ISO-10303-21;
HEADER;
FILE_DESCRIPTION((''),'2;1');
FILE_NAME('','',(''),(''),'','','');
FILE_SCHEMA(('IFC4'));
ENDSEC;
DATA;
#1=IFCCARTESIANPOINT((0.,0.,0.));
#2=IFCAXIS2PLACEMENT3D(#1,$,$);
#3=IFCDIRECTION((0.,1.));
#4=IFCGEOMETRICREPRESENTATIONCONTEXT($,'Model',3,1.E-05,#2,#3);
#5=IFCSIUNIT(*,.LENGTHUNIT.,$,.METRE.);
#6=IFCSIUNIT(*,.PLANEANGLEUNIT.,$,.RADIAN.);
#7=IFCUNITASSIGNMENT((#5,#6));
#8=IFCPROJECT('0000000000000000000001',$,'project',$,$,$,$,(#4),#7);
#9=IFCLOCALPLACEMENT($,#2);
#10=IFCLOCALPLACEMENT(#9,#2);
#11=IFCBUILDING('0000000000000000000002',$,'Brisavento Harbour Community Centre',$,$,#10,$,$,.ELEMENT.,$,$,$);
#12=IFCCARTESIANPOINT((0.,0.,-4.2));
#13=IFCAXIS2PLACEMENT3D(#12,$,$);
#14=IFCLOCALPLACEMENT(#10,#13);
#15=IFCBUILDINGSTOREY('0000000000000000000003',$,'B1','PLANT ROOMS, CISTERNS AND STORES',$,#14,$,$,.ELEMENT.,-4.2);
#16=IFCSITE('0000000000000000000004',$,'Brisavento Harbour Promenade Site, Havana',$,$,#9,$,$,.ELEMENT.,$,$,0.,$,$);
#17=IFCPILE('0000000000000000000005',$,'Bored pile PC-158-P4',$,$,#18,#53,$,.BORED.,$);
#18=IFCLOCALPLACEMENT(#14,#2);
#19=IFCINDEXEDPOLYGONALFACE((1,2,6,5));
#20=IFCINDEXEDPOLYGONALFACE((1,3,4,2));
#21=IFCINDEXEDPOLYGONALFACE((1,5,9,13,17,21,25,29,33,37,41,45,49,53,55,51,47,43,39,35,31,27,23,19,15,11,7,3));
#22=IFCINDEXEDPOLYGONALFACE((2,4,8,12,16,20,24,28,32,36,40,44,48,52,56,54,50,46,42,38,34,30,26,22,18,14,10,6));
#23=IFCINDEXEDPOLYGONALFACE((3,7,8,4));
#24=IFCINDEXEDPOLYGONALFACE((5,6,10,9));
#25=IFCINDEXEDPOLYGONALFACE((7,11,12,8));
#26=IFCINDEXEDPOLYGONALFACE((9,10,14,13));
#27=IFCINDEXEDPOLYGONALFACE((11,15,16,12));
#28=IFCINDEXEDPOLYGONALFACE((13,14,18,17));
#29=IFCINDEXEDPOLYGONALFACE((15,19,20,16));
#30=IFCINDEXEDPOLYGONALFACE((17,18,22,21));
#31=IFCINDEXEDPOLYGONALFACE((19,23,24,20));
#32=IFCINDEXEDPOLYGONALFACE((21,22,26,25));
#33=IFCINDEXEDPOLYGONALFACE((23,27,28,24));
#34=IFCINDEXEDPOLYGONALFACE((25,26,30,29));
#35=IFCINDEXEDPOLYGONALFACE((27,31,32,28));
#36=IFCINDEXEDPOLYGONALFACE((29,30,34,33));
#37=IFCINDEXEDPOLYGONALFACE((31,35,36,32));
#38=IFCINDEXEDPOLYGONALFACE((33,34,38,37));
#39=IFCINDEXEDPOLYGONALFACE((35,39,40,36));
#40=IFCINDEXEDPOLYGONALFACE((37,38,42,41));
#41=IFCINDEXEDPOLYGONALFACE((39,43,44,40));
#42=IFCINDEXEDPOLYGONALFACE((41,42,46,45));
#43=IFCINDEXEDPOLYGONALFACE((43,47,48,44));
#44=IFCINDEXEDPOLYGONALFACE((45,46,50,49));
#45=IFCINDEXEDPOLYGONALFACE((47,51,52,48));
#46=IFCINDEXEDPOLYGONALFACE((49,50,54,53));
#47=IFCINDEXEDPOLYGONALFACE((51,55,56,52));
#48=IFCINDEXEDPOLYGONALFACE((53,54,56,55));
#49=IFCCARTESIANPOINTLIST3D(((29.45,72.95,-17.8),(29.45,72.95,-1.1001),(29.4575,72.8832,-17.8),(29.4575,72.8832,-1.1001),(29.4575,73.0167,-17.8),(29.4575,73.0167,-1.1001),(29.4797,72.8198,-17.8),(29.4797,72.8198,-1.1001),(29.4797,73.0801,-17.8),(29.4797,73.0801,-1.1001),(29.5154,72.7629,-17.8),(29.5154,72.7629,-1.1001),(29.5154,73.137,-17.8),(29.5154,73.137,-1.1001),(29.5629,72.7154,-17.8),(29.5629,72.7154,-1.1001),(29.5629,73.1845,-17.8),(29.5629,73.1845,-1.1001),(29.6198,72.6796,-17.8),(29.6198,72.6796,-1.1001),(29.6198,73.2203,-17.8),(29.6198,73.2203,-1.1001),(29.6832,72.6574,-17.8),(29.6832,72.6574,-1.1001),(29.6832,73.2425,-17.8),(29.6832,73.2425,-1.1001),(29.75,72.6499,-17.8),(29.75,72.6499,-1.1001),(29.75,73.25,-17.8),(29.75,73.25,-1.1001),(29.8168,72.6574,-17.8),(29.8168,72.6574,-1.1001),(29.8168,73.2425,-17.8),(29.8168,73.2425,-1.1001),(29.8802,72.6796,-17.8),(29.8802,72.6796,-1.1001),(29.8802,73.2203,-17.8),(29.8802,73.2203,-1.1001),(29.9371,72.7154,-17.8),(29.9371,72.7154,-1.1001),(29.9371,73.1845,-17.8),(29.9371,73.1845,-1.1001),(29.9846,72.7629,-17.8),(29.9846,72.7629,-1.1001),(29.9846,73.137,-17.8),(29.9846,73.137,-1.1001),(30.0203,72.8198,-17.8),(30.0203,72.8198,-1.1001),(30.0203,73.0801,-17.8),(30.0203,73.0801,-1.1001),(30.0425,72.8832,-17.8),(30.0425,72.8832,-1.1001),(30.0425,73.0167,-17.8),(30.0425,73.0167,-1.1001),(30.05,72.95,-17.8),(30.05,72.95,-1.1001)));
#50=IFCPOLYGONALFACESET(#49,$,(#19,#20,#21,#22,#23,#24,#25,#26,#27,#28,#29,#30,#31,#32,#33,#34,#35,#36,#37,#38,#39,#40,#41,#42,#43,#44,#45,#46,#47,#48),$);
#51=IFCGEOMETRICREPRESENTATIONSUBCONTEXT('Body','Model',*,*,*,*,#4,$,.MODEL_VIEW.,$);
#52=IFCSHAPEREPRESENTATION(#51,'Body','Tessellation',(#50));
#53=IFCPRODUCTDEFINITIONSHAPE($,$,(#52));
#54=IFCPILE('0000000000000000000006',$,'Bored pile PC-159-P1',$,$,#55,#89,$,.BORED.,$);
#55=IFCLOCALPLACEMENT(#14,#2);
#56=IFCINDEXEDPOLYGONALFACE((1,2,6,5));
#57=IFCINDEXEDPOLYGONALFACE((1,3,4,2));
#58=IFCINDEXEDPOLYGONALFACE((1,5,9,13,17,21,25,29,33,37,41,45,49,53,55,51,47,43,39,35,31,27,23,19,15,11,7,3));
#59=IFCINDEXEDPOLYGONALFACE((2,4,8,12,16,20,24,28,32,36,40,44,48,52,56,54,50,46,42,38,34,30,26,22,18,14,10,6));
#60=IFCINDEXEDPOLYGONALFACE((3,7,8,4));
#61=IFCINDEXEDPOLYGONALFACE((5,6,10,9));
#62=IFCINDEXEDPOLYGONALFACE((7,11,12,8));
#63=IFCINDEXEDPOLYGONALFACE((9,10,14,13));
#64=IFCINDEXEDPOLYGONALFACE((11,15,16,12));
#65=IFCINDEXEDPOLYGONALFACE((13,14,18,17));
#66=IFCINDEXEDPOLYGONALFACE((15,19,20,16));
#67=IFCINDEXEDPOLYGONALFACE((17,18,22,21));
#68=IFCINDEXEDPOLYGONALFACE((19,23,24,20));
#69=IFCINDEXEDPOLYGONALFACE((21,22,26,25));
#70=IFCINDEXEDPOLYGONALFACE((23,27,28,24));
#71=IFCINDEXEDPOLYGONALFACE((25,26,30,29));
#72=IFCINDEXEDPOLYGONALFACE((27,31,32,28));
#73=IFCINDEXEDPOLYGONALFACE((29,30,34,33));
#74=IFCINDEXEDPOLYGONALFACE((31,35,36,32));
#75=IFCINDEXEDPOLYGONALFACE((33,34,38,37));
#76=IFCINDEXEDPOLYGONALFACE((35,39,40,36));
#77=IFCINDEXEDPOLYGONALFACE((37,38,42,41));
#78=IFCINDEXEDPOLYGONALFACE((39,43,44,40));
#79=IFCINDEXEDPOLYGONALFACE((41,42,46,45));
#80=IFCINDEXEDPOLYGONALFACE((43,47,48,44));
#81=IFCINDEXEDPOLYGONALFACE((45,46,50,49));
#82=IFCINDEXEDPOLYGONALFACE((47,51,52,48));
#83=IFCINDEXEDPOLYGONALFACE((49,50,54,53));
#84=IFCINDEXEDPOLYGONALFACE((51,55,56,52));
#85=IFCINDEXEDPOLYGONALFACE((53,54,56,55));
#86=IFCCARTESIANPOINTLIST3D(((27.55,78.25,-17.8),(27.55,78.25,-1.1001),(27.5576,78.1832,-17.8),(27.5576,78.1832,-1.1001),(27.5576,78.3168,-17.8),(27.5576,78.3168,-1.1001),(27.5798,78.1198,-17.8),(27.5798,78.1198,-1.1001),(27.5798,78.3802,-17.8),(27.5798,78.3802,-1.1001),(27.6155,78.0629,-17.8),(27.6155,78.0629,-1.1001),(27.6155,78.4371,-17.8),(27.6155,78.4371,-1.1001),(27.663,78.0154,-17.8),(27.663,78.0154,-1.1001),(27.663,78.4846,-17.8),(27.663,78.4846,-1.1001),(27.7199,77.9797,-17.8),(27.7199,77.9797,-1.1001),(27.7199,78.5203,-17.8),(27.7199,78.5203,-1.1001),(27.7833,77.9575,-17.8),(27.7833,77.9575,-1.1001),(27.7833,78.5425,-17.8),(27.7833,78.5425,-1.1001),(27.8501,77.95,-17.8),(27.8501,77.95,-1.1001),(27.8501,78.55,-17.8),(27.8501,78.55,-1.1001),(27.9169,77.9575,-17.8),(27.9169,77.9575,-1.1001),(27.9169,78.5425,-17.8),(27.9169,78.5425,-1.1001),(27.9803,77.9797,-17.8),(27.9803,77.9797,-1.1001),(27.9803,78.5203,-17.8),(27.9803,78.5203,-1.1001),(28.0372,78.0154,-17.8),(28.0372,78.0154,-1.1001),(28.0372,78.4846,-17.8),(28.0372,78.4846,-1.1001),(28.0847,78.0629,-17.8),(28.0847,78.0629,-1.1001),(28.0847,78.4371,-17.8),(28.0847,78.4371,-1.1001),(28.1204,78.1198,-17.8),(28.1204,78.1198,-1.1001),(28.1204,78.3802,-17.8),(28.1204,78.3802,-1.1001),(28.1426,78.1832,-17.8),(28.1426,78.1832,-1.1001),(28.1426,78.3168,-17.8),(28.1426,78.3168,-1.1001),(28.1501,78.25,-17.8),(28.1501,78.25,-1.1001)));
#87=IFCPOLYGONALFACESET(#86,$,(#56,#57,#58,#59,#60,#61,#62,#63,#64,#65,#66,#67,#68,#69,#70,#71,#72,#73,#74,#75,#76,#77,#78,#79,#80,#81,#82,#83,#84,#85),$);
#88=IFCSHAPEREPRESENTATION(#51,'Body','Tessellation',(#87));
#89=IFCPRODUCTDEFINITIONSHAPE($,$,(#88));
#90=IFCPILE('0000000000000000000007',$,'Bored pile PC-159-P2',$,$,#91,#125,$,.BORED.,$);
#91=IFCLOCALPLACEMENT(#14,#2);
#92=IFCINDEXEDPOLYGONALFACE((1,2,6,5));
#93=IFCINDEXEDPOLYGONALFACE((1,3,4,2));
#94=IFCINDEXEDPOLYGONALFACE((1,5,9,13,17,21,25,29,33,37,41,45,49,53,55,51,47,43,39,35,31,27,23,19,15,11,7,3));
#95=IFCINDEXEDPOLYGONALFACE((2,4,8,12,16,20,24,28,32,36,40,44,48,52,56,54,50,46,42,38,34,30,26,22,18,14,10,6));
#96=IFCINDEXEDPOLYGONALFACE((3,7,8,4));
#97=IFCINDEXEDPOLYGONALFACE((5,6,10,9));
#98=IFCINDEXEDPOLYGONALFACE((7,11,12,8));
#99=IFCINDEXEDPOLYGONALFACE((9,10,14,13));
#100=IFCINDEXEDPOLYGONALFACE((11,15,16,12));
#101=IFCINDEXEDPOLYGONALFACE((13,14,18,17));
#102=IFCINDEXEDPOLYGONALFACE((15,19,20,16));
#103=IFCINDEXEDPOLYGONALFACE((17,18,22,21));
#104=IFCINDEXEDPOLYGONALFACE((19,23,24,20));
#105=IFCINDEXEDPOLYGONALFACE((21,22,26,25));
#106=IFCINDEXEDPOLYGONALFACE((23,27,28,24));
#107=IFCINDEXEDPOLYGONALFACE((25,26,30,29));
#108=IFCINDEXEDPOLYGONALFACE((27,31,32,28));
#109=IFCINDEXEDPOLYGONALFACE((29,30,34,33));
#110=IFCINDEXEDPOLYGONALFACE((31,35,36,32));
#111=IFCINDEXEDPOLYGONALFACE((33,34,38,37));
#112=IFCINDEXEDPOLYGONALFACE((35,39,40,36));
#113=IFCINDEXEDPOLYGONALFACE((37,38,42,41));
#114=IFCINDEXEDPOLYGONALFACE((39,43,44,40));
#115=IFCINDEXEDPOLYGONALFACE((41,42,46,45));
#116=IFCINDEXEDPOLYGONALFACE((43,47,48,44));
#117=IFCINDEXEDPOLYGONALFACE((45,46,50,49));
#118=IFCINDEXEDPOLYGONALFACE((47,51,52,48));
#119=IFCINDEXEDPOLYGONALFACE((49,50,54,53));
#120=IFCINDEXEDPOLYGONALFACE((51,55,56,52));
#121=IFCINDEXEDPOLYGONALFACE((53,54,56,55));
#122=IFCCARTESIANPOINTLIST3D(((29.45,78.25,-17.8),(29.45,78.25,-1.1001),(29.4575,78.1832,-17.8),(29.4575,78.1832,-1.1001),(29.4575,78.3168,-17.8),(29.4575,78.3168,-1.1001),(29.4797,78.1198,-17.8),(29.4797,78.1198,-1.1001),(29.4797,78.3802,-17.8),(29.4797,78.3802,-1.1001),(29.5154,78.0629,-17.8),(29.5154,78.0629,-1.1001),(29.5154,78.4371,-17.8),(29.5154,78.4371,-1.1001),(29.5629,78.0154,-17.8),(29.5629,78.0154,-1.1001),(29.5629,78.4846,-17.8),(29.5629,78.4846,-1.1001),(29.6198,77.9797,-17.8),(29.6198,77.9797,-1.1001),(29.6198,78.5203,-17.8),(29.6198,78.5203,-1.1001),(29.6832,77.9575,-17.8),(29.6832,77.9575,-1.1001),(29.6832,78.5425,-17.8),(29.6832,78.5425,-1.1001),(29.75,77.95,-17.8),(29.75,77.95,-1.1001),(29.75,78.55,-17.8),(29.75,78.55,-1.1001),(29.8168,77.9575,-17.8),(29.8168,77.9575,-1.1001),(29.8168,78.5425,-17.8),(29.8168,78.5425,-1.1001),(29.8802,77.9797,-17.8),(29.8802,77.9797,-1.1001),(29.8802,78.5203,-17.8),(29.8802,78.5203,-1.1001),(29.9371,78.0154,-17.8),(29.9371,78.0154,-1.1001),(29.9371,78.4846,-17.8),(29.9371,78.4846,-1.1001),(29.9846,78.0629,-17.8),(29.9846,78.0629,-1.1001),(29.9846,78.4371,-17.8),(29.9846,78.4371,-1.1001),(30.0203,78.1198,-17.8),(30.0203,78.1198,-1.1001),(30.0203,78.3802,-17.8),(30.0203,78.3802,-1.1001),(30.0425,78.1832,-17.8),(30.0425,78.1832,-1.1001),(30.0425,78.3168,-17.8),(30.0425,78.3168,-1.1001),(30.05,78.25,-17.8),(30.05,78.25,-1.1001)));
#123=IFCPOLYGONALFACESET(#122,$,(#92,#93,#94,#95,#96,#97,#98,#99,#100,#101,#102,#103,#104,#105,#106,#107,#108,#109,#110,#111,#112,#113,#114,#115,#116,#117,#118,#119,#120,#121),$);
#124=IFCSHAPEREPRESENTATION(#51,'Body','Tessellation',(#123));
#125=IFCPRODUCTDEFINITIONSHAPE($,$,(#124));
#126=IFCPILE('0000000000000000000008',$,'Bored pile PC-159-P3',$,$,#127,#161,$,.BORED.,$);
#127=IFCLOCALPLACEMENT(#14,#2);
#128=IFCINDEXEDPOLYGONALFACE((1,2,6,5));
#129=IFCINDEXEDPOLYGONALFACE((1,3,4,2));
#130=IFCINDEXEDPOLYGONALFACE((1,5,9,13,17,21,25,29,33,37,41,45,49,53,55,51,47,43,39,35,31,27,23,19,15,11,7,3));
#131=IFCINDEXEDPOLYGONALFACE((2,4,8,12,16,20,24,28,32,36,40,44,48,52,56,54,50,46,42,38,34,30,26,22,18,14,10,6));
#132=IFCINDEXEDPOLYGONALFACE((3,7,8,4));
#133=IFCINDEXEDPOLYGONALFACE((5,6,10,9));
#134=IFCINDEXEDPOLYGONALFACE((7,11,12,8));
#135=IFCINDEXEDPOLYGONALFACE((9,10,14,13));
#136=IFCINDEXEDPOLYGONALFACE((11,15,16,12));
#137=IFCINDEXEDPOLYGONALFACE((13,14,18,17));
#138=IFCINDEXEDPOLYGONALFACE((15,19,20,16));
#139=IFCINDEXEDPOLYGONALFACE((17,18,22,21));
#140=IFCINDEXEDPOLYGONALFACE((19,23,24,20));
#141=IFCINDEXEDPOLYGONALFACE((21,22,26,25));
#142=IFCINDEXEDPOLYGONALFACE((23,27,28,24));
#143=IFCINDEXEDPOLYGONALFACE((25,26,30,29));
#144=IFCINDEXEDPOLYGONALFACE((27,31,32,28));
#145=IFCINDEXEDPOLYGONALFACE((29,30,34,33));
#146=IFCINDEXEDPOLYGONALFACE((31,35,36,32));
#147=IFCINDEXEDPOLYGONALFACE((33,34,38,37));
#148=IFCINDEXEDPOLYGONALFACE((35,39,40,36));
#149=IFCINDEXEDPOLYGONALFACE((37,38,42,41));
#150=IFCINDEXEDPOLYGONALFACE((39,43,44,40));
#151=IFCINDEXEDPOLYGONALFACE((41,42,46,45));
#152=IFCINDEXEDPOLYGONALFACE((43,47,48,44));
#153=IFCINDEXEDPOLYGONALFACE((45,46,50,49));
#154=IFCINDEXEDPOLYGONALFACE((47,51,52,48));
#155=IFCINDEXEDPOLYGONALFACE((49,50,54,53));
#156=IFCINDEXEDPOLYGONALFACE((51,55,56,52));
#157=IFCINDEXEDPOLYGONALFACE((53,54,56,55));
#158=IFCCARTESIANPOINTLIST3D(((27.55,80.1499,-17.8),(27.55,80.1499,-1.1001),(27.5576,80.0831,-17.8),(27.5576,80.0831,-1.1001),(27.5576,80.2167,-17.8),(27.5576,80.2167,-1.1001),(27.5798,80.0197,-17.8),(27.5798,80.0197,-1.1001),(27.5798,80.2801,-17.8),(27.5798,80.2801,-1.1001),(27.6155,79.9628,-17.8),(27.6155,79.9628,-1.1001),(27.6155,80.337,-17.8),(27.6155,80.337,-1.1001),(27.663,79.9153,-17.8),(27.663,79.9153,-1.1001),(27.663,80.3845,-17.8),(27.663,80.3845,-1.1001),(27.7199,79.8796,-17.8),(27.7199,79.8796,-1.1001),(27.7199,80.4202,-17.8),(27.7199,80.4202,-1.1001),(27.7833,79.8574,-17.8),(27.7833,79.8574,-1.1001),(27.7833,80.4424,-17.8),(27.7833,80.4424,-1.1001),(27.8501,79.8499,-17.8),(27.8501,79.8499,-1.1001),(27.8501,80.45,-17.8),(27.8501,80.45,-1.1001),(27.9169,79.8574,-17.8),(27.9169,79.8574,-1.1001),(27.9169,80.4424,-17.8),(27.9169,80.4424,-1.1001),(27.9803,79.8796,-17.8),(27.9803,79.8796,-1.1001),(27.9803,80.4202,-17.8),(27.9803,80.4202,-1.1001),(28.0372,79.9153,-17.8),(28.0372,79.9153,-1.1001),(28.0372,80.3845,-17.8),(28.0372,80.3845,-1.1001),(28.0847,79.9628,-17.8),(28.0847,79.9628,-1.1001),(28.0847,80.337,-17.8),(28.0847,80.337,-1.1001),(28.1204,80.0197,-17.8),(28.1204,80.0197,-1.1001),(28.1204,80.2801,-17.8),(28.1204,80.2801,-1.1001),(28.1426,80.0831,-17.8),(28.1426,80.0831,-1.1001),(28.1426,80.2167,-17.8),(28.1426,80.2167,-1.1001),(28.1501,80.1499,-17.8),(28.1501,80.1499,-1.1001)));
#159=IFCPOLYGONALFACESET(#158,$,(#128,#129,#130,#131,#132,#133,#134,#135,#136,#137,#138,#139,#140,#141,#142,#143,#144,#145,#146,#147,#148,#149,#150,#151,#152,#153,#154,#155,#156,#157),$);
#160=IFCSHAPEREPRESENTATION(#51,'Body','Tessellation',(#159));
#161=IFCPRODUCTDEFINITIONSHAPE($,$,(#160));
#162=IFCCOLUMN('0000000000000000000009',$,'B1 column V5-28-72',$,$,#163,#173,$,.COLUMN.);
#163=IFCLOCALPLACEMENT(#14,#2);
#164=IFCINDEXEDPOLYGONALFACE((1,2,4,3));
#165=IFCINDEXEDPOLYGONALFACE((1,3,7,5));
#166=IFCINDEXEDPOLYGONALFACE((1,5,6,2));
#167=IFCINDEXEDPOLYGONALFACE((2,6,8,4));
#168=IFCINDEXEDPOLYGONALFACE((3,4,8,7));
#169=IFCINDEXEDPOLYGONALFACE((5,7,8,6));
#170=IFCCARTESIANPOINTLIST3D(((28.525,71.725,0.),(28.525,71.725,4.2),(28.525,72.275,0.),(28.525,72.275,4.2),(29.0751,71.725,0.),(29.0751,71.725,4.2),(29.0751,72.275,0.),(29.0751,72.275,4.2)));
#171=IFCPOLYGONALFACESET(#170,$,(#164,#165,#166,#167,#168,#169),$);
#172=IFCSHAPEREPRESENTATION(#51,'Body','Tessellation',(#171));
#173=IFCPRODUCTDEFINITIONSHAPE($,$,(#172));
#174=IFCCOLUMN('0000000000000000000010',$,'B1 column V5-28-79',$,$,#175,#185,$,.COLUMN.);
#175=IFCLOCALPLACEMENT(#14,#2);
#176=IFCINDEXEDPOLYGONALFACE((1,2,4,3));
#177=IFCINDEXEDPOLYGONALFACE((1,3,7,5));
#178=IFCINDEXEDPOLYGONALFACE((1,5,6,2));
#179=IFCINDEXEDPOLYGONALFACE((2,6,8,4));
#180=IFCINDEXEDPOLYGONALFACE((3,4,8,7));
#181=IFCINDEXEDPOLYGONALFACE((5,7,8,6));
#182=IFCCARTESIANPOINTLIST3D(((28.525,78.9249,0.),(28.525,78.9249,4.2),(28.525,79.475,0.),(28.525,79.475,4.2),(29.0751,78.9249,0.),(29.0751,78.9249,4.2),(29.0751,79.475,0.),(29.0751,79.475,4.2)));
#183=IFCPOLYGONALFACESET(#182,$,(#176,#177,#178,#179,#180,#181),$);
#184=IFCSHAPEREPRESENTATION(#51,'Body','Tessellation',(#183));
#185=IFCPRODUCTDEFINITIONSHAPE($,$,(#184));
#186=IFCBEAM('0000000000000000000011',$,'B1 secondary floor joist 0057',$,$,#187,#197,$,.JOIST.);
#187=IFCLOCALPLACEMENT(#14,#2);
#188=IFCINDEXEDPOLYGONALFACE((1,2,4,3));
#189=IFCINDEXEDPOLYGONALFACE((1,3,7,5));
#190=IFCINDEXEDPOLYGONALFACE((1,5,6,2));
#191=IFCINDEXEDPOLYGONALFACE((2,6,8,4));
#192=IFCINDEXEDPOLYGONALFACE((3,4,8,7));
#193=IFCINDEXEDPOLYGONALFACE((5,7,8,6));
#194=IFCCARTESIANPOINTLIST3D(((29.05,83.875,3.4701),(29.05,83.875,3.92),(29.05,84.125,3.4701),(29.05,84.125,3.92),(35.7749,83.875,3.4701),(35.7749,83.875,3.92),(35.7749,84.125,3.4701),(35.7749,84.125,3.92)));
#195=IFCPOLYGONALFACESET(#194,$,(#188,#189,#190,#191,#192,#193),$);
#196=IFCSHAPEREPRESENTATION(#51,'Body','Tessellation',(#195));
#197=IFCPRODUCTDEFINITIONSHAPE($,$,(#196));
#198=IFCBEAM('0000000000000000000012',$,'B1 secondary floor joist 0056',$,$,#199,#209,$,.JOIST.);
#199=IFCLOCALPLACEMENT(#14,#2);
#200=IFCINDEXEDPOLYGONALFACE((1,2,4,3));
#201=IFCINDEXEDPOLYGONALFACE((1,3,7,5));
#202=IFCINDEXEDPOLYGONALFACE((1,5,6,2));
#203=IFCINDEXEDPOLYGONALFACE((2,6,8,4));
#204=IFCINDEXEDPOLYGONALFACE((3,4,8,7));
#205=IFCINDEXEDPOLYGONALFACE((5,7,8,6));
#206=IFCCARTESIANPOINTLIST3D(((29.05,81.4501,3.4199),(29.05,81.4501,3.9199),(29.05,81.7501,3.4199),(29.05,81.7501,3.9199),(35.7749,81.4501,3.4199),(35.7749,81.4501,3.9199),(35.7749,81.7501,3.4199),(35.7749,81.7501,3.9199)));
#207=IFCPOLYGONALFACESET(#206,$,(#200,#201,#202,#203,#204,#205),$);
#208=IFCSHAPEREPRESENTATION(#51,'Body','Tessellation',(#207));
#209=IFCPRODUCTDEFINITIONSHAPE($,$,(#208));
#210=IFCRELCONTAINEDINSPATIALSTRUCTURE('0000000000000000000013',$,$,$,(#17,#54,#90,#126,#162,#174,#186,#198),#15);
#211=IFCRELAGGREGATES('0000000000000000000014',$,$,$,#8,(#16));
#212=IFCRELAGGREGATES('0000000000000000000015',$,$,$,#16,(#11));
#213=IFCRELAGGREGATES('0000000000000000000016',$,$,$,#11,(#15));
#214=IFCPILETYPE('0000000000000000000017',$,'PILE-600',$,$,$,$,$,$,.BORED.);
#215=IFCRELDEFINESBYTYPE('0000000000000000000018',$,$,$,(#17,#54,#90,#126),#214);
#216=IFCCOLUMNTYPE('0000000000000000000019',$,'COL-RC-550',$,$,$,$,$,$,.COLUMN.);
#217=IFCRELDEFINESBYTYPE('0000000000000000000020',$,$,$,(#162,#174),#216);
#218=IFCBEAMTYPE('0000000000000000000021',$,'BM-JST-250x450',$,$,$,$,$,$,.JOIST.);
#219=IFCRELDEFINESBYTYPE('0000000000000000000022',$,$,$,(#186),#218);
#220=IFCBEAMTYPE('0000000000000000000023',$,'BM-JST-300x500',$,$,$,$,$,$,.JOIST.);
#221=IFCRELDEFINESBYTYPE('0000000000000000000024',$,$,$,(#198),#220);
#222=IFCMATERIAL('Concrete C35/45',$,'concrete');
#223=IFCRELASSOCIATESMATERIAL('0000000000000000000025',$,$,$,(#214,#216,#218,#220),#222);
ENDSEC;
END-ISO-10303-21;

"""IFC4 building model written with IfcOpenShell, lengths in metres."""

from ifc_helpers import new_model, si_unit, direction, frame, origin, origin_2d, place, context, subcontext, project, spatial, rectangle, circle, extrude, material, material_profile, profile_set, type_object, element, save


model = new_model("IFC4")

# Units and contexts
model_context = context("Model", 3, precision=1e-05, world=origin(), true_north=direction((0.0, 1.0)))
body_context = subcontext(model_context, "Body", "Model", "MODEL_VIEW")
ifc_project = project(units=[si_unit("LENGTHUNIT", "METRE"), si_unit("PLANEANGLEUNIT", "RADIAN")], contexts=[model_context])

# Site, building, storey
site_placement = place(None, origin())
site = spatial("IfcSite", under=ifc_project, at=site_placement, Name="Brisavento Harbour Promenade Site, Havana", CompositionType="ELEMENT", RefElevation=0.0)
building_placement = place(site_placement, origin())
building = spatial("IfcBuilding", under=site, at=building_placement, Name="Brisavento Harbour Community Centre", CompositionType="ELEMENT")
storey_placement = place(building_placement, frame((0.0, 0.0, -4.2)))
storey = spatial("IfcBuildingStorey", under=building, at=storey_placement, Name="B1", Description="PLANT ROOMS, CISTERNS AND STORES", CompositionType="ELEMENT", Elevation=-4.2)

# Shared definitions
ifc_material = material(Name="Concrete C35/45", Category="concrete")

# Piles
ifc_material_profile_1 = material_profile(ifc_material, circle(Radius=0.3, at=origin_2d()), Name="Concrete C35/45")
ifc_profile_set_1 = profile_set([ifc_material_profile_1], Name="Concrete C35/45")
pile_type = type_object("IfcPileType", Name="PILE-600", PredefinedType="BORED", material=ifc_profile_set_1)
for number, where, z_axis, x_axis, name in (
    (1, (29.75, 72.95, -1.1001), (0.0, 0.0, -1.0), (1.0, 0.0, 0.0), "Bored pile PC-158-P4"),
    (2, (27.8501, 78.25, -1.1001), (0.0, 0.0, -1.0), (1.0, 0.0, 0.0), "Bored pile PC-159-P1"),
    (3, (29.75, 78.25, -1.1001), (0.0, 0.0, -1.0), (1.0, 0.0, 0.0), "Bored pile PC-159-P2"),
    (4, (27.8501, 80.1499, -1.1001), (0.0, 0.0, -1.0), (1.0, 0.0, 0.0), "Bored pile PC-159-P3"),
):
    element("IfcPile", number, at=place(storey_placement, frame(where, z_axis=z_axis, x_axis=x_axis)), inside=storey, type_object=pile_type, Name=name, PredefinedType="BORED", context=body_context, shape_type="SweptSolid", body=[
        extrude(circle(Radius=0.3, at=origin_2d()), origin(), (0.0, 0.0, 1.0), 16.7),
    ])

# Columns
ifc_material_profile_2 = material_profile(ifc_material, rectangle(XDim=0.55, YDim=0.55, at=origin_2d()), Name="Concrete C35/45")
ifc_profile_set_2 = profile_set([ifc_material_profile_2], Name="Concrete C35/45")
column_type = type_object("IfcColumnType", Name="COL-RC-550", PredefinedType="COLUMN", material=ifc_profile_set_2)
for number, where, z_axis, x_axis, name in (
    (5, (28.8, 72.0, 0.0), (0.0, 0.0, 1.0), (1.0, 0.0, 0.0), "B1 column V5-28-72"),
    (6, (28.8, 79.2, 0.0), (0.0, 0.0, 1.0), (1.0, 0.0, 0.0), "B1 column V5-28-79"),
):
    element("IfcColumn", number, at=place(storey_placement, frame(where, z_axis=z_axis, x_axis=x_axis)), inside=storey, type_object=column_type, Name=name, PredefinedType="COLUMN", context=body_context, shape_type="SweptSolid", body=[
        extrude(rectangle(XDim=0.55, YDim=0.55, at=origin_2d()), origin(), (0.0, 0.0, 1.0), 4.2),
    ])

# Beams
ifc_material_profile_3 = material_profile(ifc_material, rectangle(XDim=0.25, YDim=0.45, at=origin_2d()), Name="Concrete C35/45")
ifc_profile_set_3 = profile_set([ifc_material_profile_3], Name="Concrete C35/45")
beam_type_1 = type_object("IfcBeamType", Name="BM-JST-250x450", PredefinedType="JOIST", material=ifc_profile_set_3)
beam_1_placement = place(storey_placement, frame((29.05, 84.0, 3.6951), z_axis=(1.0, 0.0, 0.0), x_axis=(0.0, 1.0, 0.0)))
element("IfcBeam", 7, at=beam_1_placement, inside=storey, type_object=beam_type_1, Name="B1 secondary floor joist 0057", PredefinedType="JOIST", context=body_context, shape_type="SweptSolid", body=[
    extrude(rectangle(XDim=0.25, YDim=0.45, at=origin_2d()), origin(), (0.0, 0.0, 1.0), 6.7249),
])
ifc_material_profile_4 = material_profile(ifc_material, rectangle(XDim=0.3, YDim=0.5, at=origin_2d()), Name="Concrete C35/45")
ifc_profile_set_4 = profile_set([ifc_material_profile_4], Name="Concrete C35/45")
beam_type_2 = type_object("IfcBeamType", Name="BM-JST-300x500", PredefinedType="JOIST", material=ifc_profile_set_4)
beam_2_placement = place(storey_placement, frame((29.05, 81.6001, 3.6699), z_axis=(1.0, 0.0, 0.0), x_axis=(0.0, 1.0, 0.0)))
element("IfcBeam", 8, at=beam_2_placement, inside=storey, type_object=beam_type_2, Name="B1 secondary floor joist 0056", PredefinedType="JOIST", context=body_context, shape_type="SweptSolid", body=[
    extrude(rectangle(XDim=0.3, YDim=0.5, at=origin_2d()), origin(), (0.0, 0.0, 1.0), 6.7249),
])

save(model, "model.ifc")
